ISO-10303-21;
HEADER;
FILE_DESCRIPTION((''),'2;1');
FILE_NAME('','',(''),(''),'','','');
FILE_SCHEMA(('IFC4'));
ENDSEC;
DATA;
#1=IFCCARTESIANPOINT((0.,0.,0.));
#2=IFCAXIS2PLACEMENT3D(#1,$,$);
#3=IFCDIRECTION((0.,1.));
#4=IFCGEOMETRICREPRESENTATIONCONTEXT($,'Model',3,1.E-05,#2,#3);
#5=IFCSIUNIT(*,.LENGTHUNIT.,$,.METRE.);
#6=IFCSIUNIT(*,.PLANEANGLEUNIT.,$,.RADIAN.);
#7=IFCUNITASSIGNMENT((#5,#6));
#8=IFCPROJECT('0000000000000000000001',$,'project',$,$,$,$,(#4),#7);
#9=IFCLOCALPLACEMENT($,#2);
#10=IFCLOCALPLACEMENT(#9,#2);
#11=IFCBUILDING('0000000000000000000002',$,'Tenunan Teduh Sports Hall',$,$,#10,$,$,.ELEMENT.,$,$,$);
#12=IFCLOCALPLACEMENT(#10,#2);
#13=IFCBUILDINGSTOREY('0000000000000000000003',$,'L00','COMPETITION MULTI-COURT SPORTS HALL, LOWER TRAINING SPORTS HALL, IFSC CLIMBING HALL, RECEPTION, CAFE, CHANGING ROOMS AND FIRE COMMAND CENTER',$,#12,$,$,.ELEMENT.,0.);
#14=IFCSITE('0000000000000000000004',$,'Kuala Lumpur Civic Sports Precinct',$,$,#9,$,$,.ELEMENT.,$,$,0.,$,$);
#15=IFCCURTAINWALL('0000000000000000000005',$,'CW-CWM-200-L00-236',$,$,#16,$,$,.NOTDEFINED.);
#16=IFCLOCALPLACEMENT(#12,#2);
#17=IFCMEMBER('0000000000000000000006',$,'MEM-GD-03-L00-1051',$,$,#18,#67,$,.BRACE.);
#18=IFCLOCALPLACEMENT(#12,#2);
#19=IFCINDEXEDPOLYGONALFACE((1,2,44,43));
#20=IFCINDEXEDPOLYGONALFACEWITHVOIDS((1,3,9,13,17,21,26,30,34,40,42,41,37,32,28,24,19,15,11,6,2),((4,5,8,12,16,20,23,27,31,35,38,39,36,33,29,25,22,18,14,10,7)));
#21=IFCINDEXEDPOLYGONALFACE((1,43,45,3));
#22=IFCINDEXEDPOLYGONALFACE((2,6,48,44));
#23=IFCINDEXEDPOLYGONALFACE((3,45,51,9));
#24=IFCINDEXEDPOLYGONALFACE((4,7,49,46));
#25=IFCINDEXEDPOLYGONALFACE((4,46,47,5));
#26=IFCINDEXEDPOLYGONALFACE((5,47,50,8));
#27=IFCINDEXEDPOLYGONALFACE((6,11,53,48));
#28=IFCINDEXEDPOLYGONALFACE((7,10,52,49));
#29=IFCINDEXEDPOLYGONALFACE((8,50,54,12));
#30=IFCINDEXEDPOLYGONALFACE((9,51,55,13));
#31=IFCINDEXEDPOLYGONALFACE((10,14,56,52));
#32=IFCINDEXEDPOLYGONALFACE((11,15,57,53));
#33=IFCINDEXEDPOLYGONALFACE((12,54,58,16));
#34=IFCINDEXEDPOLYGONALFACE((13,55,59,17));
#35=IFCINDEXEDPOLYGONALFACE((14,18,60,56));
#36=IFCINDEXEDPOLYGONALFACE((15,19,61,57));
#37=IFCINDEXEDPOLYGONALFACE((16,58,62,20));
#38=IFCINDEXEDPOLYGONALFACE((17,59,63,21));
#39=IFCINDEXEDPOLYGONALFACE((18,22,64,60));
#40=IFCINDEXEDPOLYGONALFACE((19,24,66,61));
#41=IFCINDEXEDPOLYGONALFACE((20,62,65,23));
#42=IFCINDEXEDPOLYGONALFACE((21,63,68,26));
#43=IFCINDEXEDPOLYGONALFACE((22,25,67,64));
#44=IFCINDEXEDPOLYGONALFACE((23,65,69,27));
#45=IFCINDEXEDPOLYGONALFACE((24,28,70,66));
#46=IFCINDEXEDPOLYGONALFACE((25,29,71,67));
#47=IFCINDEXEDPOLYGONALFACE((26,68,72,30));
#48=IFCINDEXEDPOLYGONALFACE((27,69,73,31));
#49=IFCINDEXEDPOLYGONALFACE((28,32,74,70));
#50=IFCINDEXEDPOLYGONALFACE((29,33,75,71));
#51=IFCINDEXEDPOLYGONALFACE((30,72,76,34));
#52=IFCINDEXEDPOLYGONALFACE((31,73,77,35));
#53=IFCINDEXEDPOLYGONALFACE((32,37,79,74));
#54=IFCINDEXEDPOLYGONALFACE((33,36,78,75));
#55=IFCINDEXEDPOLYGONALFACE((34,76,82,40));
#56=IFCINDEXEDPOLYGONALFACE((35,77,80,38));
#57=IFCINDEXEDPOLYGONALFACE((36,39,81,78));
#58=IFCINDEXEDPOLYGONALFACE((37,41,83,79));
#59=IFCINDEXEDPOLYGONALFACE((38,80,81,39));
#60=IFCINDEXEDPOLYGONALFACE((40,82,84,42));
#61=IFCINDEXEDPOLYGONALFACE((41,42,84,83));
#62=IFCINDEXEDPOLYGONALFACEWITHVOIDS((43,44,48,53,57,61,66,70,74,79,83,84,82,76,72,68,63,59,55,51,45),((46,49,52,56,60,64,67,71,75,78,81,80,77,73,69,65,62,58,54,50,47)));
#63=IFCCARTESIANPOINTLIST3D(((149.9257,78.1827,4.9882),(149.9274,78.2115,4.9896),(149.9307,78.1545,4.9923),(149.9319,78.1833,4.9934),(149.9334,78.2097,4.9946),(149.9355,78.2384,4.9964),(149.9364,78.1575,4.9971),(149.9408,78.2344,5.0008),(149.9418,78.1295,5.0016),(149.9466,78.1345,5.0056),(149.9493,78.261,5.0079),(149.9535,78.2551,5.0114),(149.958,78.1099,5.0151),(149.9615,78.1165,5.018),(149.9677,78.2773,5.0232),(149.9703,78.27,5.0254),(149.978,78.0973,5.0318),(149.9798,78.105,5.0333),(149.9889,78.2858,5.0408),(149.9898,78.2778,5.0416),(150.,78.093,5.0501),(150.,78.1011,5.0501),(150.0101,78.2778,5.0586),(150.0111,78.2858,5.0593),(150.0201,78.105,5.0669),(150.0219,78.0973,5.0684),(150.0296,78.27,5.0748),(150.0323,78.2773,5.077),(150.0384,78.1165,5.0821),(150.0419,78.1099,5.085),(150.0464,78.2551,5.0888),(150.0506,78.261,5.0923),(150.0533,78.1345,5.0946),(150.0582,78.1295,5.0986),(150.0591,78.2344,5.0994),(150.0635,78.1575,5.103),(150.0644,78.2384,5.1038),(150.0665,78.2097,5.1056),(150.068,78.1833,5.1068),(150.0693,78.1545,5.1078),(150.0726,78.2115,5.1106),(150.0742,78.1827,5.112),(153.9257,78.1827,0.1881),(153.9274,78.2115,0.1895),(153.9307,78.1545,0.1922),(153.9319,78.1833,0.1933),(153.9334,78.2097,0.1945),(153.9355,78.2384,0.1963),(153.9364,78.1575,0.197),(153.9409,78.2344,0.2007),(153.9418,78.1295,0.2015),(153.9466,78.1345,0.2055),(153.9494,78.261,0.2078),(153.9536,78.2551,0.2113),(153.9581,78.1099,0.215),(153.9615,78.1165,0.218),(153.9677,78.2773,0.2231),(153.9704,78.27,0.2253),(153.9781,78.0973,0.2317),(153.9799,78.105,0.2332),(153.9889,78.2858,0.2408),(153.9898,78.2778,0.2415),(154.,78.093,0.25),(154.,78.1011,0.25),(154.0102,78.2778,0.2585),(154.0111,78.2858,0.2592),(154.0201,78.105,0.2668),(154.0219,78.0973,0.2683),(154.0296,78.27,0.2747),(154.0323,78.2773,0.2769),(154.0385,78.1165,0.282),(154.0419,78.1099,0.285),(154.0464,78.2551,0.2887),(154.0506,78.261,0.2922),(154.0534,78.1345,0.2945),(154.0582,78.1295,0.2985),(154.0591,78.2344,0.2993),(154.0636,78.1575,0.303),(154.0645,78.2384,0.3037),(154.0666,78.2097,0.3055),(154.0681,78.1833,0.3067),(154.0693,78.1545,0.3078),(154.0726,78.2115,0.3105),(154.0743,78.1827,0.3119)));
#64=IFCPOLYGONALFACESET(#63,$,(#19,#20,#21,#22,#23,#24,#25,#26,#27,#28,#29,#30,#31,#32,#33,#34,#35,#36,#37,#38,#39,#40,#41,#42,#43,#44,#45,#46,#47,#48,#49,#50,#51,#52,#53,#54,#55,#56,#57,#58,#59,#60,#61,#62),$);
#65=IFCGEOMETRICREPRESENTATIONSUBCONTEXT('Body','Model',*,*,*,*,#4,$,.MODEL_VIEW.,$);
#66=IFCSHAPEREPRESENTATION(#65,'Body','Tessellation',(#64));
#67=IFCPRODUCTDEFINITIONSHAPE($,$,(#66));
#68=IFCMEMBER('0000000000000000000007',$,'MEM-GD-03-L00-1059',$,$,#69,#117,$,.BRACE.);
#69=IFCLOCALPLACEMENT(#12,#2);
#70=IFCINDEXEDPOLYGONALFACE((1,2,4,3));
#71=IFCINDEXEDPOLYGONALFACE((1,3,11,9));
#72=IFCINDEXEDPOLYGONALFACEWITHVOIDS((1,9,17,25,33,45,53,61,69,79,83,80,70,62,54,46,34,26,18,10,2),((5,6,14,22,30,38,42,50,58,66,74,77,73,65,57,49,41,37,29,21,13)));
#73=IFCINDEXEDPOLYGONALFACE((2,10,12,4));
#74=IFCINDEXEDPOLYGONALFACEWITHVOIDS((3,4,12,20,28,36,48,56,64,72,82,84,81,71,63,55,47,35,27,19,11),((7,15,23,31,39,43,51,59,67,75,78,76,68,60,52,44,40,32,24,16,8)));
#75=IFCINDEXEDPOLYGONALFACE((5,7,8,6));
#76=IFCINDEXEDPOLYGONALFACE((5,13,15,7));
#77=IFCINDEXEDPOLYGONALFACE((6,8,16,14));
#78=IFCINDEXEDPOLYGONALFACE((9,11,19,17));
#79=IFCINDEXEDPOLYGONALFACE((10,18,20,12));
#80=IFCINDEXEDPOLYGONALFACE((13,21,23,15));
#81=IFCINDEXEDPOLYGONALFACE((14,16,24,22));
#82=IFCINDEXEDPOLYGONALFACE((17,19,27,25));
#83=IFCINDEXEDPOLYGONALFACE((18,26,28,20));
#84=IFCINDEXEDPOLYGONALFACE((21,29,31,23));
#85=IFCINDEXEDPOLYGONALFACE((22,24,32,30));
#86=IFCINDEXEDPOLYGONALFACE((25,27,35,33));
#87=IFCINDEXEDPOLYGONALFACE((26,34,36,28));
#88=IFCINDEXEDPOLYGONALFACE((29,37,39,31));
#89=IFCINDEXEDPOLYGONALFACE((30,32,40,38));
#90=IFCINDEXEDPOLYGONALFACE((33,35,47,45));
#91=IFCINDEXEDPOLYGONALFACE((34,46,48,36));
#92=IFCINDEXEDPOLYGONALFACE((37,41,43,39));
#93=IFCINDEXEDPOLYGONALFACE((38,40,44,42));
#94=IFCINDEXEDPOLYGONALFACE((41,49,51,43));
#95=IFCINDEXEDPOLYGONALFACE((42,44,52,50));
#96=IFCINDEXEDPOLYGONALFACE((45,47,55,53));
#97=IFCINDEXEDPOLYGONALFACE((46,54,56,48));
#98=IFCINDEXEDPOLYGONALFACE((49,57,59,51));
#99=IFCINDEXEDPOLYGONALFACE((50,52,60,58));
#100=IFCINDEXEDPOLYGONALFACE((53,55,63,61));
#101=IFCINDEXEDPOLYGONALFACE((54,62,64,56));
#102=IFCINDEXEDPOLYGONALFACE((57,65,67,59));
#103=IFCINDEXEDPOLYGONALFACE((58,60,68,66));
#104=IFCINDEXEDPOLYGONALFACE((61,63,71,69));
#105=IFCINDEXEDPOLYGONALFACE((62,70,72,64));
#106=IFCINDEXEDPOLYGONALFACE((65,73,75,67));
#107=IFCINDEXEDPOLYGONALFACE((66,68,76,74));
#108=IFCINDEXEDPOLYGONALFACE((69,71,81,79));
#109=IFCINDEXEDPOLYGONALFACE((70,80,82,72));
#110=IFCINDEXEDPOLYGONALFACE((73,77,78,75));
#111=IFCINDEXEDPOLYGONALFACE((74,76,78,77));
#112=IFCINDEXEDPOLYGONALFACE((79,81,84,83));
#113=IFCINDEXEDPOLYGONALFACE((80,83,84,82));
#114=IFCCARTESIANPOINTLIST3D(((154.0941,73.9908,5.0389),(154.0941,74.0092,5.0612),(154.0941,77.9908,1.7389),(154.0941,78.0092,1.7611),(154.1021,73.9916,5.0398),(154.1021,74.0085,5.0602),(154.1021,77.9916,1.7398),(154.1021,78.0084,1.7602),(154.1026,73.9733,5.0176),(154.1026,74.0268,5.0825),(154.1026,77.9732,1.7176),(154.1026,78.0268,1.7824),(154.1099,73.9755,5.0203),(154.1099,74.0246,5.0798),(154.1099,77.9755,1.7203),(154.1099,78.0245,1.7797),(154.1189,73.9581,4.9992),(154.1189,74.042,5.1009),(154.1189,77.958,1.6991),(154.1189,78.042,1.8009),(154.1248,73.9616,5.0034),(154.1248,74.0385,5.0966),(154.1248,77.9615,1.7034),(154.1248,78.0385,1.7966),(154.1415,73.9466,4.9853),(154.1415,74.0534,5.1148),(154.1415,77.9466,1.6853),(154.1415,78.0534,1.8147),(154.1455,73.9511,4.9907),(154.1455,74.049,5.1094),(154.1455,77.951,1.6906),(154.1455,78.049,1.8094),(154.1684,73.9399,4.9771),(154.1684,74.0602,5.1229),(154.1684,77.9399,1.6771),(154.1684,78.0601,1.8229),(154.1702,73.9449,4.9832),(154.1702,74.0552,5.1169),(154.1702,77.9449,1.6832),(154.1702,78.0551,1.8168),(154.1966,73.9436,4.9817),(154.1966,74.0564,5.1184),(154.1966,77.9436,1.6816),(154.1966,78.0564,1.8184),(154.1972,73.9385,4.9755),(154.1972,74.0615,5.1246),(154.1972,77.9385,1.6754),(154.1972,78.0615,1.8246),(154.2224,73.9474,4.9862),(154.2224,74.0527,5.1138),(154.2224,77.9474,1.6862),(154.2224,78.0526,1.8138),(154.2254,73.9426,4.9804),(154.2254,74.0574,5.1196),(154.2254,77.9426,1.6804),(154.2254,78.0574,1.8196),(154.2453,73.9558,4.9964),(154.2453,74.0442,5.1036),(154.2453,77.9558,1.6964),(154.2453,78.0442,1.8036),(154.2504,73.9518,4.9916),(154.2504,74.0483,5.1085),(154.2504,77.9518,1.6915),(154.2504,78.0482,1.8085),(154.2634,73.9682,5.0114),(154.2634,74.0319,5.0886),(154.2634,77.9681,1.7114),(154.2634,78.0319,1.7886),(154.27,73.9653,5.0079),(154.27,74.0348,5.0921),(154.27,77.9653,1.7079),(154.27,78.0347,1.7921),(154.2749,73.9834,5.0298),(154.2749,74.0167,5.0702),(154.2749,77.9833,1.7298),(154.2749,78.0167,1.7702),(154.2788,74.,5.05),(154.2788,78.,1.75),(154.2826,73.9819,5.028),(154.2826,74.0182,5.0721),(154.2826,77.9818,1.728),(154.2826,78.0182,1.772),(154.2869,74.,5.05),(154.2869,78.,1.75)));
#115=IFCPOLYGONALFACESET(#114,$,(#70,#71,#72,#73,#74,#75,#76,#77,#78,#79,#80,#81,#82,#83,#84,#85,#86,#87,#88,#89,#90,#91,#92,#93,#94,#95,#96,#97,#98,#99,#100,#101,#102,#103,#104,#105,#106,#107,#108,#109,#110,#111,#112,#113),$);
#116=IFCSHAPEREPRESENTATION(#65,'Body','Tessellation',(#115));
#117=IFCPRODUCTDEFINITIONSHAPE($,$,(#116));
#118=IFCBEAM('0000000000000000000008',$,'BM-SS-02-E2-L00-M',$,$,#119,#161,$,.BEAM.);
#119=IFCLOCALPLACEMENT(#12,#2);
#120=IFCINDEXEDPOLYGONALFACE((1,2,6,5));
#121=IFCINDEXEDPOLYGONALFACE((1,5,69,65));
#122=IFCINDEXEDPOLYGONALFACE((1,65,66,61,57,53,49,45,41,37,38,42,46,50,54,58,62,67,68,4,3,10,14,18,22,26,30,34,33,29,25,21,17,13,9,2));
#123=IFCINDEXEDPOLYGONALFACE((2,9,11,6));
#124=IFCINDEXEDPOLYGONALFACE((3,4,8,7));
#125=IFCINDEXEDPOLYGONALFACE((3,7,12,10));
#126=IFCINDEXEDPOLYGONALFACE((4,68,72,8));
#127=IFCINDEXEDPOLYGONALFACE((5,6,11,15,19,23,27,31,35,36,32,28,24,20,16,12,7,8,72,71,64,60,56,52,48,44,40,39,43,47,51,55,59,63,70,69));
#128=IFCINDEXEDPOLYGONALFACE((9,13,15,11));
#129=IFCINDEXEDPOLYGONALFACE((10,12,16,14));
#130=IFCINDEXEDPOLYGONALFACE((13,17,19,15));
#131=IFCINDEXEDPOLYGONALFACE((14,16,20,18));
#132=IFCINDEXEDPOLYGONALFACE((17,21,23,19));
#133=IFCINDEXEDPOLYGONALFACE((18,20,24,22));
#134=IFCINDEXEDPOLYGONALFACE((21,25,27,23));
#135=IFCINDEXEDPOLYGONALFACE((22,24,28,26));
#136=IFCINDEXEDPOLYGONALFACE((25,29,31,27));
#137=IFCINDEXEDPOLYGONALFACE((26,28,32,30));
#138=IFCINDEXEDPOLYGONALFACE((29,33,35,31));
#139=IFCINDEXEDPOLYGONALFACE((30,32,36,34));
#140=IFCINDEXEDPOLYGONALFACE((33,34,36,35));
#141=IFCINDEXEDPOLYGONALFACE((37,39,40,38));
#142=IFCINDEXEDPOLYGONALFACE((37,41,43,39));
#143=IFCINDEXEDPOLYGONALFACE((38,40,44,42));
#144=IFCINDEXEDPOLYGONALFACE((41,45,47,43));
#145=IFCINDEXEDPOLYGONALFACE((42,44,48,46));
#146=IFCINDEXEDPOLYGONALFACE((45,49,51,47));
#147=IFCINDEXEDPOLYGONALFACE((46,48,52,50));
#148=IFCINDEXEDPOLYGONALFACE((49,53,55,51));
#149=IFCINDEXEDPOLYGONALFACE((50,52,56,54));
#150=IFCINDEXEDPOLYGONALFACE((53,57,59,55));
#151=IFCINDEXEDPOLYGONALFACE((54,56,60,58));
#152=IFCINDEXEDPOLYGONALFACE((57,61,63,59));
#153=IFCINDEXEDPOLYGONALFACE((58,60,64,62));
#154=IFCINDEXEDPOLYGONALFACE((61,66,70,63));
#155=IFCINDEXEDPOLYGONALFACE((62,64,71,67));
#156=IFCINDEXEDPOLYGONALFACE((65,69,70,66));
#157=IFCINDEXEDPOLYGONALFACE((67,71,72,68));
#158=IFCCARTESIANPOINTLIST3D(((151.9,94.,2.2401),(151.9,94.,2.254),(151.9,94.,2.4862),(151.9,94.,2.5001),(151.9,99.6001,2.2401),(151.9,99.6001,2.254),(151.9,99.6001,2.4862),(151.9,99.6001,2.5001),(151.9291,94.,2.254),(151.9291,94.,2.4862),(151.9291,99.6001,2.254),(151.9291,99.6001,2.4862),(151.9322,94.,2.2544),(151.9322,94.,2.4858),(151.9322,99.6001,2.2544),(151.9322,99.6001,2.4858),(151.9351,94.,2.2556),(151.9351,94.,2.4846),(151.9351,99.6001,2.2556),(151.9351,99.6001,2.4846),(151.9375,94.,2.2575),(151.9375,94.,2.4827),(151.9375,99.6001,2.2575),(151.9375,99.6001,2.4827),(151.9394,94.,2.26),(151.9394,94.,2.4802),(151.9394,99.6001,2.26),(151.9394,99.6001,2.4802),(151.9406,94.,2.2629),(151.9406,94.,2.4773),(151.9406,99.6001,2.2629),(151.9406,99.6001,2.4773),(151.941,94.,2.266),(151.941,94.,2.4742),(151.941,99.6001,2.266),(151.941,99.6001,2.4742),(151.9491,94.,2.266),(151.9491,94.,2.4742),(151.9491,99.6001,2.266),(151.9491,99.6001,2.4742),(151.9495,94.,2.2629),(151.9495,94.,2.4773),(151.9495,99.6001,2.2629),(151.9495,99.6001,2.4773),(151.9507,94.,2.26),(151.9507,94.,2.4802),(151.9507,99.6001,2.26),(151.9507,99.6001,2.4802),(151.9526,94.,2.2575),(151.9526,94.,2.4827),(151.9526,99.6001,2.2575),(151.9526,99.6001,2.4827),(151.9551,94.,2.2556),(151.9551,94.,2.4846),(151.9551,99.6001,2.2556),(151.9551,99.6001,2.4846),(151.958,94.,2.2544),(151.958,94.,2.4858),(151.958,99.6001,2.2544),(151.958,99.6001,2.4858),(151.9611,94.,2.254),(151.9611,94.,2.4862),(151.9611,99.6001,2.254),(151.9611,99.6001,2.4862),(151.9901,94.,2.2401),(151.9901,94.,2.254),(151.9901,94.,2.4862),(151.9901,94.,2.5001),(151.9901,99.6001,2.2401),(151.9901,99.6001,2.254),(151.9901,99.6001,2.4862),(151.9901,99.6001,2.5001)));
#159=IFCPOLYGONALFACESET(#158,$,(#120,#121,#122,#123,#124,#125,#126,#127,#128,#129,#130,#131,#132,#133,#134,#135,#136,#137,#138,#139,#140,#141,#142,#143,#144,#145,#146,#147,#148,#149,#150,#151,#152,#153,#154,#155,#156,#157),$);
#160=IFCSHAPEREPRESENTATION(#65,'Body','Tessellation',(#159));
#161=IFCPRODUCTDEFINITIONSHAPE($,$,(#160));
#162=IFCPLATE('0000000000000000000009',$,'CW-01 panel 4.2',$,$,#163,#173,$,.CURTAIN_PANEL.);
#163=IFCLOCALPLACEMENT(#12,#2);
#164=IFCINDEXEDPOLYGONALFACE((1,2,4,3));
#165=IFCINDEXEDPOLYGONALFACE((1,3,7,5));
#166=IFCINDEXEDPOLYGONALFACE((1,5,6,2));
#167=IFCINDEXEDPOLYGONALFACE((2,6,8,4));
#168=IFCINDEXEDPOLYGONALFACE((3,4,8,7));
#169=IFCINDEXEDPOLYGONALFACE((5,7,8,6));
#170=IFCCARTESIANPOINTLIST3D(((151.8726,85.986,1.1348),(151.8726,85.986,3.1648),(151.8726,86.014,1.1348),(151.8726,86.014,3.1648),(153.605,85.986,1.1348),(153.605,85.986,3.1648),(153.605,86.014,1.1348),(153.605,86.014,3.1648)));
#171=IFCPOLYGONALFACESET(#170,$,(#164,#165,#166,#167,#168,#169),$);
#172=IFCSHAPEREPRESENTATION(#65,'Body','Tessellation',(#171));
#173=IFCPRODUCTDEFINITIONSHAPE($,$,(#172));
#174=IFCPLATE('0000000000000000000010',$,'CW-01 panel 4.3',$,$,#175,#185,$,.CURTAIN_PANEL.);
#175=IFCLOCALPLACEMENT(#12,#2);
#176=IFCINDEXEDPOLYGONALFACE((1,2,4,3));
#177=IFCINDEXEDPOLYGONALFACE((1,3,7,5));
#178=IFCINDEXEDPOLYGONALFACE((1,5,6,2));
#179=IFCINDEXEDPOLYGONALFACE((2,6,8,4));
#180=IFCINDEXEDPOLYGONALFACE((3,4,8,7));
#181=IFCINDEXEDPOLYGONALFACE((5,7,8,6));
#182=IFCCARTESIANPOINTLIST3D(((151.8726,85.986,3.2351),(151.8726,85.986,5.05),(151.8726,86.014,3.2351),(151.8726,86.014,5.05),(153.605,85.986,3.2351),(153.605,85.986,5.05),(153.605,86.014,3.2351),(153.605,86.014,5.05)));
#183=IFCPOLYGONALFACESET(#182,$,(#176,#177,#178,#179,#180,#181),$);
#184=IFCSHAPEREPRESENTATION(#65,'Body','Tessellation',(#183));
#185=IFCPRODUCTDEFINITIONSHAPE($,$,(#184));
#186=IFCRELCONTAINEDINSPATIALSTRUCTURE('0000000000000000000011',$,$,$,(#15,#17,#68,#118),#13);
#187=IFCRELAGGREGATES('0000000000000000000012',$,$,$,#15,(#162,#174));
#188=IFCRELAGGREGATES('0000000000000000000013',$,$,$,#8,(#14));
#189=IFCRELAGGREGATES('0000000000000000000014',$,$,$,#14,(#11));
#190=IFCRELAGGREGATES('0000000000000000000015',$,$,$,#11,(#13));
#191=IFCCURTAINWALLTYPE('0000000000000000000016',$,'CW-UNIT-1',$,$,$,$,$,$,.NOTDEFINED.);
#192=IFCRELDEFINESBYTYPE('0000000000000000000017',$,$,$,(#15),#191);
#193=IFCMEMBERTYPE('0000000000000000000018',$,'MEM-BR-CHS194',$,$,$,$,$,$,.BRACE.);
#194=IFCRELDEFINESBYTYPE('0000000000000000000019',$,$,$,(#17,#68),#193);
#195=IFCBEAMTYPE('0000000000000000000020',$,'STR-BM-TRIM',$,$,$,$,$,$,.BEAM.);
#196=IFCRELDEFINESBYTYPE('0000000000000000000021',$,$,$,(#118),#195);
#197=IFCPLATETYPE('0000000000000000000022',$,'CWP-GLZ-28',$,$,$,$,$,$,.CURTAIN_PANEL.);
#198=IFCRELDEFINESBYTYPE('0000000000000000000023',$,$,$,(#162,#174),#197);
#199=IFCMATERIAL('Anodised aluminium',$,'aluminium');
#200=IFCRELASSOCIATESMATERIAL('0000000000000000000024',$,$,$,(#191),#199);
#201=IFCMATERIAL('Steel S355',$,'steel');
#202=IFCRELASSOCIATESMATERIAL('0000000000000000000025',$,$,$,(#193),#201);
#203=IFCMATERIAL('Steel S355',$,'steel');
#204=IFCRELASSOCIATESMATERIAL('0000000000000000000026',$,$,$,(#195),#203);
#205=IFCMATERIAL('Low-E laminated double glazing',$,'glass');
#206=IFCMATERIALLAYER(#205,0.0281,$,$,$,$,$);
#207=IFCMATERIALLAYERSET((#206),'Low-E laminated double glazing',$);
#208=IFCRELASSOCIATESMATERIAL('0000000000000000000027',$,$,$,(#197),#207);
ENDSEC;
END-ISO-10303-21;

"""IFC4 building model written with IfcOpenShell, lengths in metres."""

from ifc_helpers import new_model, si_unit, direction, frame, origin, origin_2d, place, context, subcontext, project, spatial, rectangle, hollow_circle, i_section, extrude, material, layer, layer_set, material_profile, profile_set, type_object, element, aggregate, save


model = new_model("IFC4")

# Units and contexts
model_context = context("Model", 3, precision=1e-05, world=origin(), true_north=direction((0.0, 1.0)))
body_context = subcontext(model_context, "Body", "Model", "MODEL_VIEW")
ifc_project = project(units=[si_unit("LENGTHUNIT", "METRE"), si_unit("PLANEANGLEUNIT", "RADIAN")], contexts=[model_context])

# Site, building, storey
site_placement = place(None, origin())
site = spatial("IfcSite", under=ifc_project, at=site_placement, Name="Kuala Lumpur Civic Sports Precinct", CompositionType="ELEMENT", RefElevation=0.0)
building_placement = place(site_placement, origin())
building = spatial("IfcBuilding", under=site, at=building_placement, Name="Tenunan Teduh Sports Hall", CompositionType="ELEMENT")
storey_placement = place(building_placement, origin())
storey = spatial("IfcBuildingStorey", under=building, at=storey_placement, Name="L00", Description="COMPETITION MULTI-COURT SPORTS HALL, LOWER TRAINING SPORTS HALL, IFSC CLIMBING HALL, RECEPTION, CAFE, CHANGING ROOMS AND FIRE COMMAND CENTER", CompositionType="ELEMENT", Elevation=0.0)

# Curtain wall
ifc_material_1 = material(Name="Anodised aluminium", Category="aluminium")
curtain_wall_type = type_object("IfcCurtainWallType", Name="CW-UNIT-1", PredefinedType="NOTDEFINED", material=ifc_material_1)
curtain_wall_placement = place(storey_placement, origin())
curtain_wall = element("IfcCurtainWall", 1, at=curtain_wall_placement, inside=storey, type_object=curtain_wall_type, Name="CW-CWM-200-L00-236", PredefinedType="NOTDEFINED")

# Members
ifc_material_2 = material(Name="Steel S355", Category="steel")
ifc_material_profile_1 = material_profile(ifc_material_2, hollow_circle(Radius=0.0969, WallThickness=0.0081, at=origin_2d()), Name="CHS 193.7x8.0")
ifc_profile_set_1 = profile_set([ifc_material_profile_1], Name="Steel S355")
member_type_1 = type_object("IfcMemberType", Name="MEM-BR-CHS194", PredefinedType="BRACE", material=ifc_profile_set_1)
member_1_placement = place(storey_placement, frame((154.0, 78.1899, 0.25), z_axis=(-0.640181, 0.0, 0.768224), x_axis=(0.0, -1.0, 0.0)))
element("IfcMember", 2, at=member_1_placement, inside=storey, type_object=member_type_1, Name="MEM-GD-03-L00-1051", PredefinedType="BRACE", context=body_context, shape_type="SweptSolid", body=[
    extrude(hollow_circle(Radius=0.0969, WallThickness=0.0081, at=origin_2d()), origin(), (0.0, 0.0, 1.0), 6.2483),
])
member_2_placement = place(storey_placement, frame((154.1899, 78.0, 1.75), z_axis=(0.0, -0.771369, 0.636389), x_axis=(1.0, 0.0, 0.0)))
element("IfcMember", 3, at=member_2_placement, inside=storey, type_object=member_type_1, Name="MEM-GD-03-L00-1059", PredefinedType="BRACE", context=body_context, shape_type="SweptSolid", body=[
    extrude(hollow_circle(Radius=0.0969, WallThickness=0.0081, at=origin_2d()), origin(), (0.0, 0.0, 1.0), 5.1855),
])

# Beam
ifc_material_3 = material(Name="Steel S355", Category="steel")
ifc_material_profile_2 = material_profile(ifc_material_3, i_section(OverallWidth=0.0901, OverallDepth=0.26, WebThickness=0.0081, FlangeThickness=0.0139, FilletRadius=0.012, at=origin_2d()), Name="PFC 260x90")
ifc_profile_set_2 = profile_set([ifc_material_profile_2], Name="Steel S355")
beam_type_1 = type_object("IfcBeamType", Name="STR-BM-TRIM", PredefinedType="BEAM", material=ifc_profile_set_2)
beam_1_placement = place(storey_placement, frame((151.9451, 94.0, 2.3701), z_axis=(0.0, 1.0, 0.0), x_axis=(-1.0, 0.0, 0.0)))
element("IfcBeam", 4, at=beam_1_placement, inside=storey, type_object=beam_type_1, Name="BM-SS-02-E2-L00-M", PredefinedType="BEAM", context=body_context, shape_type="SweptSolid", body=[
    extrude(i_section(OverallWidth=0.0901, OverallDepth=0.26, WebThickness=0.0081, FlangeThickness=0.0139, FilletRadius=0.012, at=origin_2d()), origin(), (0.0, 0.0, 1.0), 5.6001),
])

# Plates
ifc_material_4 = material(Name="Low-E laminated double glazing", Category="glass")
ifc_layer_1 = layer(ifc_material_4, 0.0281)
ifc_layer_set_1 = layer_set([ifc_layer_1], Name="Low-E laminated double glazing")
plate_type_1 = type_object("IfcPlateType", Name="CWP-GLZ-28", PredefinedType="CURTAIN_PANEL", material=ifc_layer_set_1)
plate_1_placement = place(storey_placement, frame((152.7388, 86.0, 1.1348), z_axis=(0.0, 0.0, 1.0), x_axis=(1.0, 0.0, 0.0)))
plate_1 = element("IfcPlate", 5, at=plate_1_placement, type_object=plate_type_1, Name="CW-01 panel 4.2", PredefinedType="CURTAIN_PANEL", context=body_context, shape_type="SweptSolid", body=[
    extrude(rectangle(XDim=1.7324, YDim=0.0281, at=origin_2d()), origin(), (0.0, 0.0, 1.0), 2.03),
])
plate_2_placement = place(storey_placement, frame((152.7388, 86.0, 3.2351), z_axis=(0.0, 0.0, 1.0), x_axis=(1.0, 0.0, 0.0)))
plate_2 = element("IfcPlate", 6, at=plate_2_placement, type_object=plate_type_1, Name="CW-01 panel 4.3", PredefinedType="CURTAIN_PANEL", context=body_context, shape_type="SweptSolid", body=[
    extrude(rectangle(XDim=1.7324, YDim=0.0281, at=origin_2d()), origin(), (0.0, 0.0, 1.0), 1.8149),
])
aggregate(curtain_wall, [plate_1, plate_2])

save(model, "model.ifc")
